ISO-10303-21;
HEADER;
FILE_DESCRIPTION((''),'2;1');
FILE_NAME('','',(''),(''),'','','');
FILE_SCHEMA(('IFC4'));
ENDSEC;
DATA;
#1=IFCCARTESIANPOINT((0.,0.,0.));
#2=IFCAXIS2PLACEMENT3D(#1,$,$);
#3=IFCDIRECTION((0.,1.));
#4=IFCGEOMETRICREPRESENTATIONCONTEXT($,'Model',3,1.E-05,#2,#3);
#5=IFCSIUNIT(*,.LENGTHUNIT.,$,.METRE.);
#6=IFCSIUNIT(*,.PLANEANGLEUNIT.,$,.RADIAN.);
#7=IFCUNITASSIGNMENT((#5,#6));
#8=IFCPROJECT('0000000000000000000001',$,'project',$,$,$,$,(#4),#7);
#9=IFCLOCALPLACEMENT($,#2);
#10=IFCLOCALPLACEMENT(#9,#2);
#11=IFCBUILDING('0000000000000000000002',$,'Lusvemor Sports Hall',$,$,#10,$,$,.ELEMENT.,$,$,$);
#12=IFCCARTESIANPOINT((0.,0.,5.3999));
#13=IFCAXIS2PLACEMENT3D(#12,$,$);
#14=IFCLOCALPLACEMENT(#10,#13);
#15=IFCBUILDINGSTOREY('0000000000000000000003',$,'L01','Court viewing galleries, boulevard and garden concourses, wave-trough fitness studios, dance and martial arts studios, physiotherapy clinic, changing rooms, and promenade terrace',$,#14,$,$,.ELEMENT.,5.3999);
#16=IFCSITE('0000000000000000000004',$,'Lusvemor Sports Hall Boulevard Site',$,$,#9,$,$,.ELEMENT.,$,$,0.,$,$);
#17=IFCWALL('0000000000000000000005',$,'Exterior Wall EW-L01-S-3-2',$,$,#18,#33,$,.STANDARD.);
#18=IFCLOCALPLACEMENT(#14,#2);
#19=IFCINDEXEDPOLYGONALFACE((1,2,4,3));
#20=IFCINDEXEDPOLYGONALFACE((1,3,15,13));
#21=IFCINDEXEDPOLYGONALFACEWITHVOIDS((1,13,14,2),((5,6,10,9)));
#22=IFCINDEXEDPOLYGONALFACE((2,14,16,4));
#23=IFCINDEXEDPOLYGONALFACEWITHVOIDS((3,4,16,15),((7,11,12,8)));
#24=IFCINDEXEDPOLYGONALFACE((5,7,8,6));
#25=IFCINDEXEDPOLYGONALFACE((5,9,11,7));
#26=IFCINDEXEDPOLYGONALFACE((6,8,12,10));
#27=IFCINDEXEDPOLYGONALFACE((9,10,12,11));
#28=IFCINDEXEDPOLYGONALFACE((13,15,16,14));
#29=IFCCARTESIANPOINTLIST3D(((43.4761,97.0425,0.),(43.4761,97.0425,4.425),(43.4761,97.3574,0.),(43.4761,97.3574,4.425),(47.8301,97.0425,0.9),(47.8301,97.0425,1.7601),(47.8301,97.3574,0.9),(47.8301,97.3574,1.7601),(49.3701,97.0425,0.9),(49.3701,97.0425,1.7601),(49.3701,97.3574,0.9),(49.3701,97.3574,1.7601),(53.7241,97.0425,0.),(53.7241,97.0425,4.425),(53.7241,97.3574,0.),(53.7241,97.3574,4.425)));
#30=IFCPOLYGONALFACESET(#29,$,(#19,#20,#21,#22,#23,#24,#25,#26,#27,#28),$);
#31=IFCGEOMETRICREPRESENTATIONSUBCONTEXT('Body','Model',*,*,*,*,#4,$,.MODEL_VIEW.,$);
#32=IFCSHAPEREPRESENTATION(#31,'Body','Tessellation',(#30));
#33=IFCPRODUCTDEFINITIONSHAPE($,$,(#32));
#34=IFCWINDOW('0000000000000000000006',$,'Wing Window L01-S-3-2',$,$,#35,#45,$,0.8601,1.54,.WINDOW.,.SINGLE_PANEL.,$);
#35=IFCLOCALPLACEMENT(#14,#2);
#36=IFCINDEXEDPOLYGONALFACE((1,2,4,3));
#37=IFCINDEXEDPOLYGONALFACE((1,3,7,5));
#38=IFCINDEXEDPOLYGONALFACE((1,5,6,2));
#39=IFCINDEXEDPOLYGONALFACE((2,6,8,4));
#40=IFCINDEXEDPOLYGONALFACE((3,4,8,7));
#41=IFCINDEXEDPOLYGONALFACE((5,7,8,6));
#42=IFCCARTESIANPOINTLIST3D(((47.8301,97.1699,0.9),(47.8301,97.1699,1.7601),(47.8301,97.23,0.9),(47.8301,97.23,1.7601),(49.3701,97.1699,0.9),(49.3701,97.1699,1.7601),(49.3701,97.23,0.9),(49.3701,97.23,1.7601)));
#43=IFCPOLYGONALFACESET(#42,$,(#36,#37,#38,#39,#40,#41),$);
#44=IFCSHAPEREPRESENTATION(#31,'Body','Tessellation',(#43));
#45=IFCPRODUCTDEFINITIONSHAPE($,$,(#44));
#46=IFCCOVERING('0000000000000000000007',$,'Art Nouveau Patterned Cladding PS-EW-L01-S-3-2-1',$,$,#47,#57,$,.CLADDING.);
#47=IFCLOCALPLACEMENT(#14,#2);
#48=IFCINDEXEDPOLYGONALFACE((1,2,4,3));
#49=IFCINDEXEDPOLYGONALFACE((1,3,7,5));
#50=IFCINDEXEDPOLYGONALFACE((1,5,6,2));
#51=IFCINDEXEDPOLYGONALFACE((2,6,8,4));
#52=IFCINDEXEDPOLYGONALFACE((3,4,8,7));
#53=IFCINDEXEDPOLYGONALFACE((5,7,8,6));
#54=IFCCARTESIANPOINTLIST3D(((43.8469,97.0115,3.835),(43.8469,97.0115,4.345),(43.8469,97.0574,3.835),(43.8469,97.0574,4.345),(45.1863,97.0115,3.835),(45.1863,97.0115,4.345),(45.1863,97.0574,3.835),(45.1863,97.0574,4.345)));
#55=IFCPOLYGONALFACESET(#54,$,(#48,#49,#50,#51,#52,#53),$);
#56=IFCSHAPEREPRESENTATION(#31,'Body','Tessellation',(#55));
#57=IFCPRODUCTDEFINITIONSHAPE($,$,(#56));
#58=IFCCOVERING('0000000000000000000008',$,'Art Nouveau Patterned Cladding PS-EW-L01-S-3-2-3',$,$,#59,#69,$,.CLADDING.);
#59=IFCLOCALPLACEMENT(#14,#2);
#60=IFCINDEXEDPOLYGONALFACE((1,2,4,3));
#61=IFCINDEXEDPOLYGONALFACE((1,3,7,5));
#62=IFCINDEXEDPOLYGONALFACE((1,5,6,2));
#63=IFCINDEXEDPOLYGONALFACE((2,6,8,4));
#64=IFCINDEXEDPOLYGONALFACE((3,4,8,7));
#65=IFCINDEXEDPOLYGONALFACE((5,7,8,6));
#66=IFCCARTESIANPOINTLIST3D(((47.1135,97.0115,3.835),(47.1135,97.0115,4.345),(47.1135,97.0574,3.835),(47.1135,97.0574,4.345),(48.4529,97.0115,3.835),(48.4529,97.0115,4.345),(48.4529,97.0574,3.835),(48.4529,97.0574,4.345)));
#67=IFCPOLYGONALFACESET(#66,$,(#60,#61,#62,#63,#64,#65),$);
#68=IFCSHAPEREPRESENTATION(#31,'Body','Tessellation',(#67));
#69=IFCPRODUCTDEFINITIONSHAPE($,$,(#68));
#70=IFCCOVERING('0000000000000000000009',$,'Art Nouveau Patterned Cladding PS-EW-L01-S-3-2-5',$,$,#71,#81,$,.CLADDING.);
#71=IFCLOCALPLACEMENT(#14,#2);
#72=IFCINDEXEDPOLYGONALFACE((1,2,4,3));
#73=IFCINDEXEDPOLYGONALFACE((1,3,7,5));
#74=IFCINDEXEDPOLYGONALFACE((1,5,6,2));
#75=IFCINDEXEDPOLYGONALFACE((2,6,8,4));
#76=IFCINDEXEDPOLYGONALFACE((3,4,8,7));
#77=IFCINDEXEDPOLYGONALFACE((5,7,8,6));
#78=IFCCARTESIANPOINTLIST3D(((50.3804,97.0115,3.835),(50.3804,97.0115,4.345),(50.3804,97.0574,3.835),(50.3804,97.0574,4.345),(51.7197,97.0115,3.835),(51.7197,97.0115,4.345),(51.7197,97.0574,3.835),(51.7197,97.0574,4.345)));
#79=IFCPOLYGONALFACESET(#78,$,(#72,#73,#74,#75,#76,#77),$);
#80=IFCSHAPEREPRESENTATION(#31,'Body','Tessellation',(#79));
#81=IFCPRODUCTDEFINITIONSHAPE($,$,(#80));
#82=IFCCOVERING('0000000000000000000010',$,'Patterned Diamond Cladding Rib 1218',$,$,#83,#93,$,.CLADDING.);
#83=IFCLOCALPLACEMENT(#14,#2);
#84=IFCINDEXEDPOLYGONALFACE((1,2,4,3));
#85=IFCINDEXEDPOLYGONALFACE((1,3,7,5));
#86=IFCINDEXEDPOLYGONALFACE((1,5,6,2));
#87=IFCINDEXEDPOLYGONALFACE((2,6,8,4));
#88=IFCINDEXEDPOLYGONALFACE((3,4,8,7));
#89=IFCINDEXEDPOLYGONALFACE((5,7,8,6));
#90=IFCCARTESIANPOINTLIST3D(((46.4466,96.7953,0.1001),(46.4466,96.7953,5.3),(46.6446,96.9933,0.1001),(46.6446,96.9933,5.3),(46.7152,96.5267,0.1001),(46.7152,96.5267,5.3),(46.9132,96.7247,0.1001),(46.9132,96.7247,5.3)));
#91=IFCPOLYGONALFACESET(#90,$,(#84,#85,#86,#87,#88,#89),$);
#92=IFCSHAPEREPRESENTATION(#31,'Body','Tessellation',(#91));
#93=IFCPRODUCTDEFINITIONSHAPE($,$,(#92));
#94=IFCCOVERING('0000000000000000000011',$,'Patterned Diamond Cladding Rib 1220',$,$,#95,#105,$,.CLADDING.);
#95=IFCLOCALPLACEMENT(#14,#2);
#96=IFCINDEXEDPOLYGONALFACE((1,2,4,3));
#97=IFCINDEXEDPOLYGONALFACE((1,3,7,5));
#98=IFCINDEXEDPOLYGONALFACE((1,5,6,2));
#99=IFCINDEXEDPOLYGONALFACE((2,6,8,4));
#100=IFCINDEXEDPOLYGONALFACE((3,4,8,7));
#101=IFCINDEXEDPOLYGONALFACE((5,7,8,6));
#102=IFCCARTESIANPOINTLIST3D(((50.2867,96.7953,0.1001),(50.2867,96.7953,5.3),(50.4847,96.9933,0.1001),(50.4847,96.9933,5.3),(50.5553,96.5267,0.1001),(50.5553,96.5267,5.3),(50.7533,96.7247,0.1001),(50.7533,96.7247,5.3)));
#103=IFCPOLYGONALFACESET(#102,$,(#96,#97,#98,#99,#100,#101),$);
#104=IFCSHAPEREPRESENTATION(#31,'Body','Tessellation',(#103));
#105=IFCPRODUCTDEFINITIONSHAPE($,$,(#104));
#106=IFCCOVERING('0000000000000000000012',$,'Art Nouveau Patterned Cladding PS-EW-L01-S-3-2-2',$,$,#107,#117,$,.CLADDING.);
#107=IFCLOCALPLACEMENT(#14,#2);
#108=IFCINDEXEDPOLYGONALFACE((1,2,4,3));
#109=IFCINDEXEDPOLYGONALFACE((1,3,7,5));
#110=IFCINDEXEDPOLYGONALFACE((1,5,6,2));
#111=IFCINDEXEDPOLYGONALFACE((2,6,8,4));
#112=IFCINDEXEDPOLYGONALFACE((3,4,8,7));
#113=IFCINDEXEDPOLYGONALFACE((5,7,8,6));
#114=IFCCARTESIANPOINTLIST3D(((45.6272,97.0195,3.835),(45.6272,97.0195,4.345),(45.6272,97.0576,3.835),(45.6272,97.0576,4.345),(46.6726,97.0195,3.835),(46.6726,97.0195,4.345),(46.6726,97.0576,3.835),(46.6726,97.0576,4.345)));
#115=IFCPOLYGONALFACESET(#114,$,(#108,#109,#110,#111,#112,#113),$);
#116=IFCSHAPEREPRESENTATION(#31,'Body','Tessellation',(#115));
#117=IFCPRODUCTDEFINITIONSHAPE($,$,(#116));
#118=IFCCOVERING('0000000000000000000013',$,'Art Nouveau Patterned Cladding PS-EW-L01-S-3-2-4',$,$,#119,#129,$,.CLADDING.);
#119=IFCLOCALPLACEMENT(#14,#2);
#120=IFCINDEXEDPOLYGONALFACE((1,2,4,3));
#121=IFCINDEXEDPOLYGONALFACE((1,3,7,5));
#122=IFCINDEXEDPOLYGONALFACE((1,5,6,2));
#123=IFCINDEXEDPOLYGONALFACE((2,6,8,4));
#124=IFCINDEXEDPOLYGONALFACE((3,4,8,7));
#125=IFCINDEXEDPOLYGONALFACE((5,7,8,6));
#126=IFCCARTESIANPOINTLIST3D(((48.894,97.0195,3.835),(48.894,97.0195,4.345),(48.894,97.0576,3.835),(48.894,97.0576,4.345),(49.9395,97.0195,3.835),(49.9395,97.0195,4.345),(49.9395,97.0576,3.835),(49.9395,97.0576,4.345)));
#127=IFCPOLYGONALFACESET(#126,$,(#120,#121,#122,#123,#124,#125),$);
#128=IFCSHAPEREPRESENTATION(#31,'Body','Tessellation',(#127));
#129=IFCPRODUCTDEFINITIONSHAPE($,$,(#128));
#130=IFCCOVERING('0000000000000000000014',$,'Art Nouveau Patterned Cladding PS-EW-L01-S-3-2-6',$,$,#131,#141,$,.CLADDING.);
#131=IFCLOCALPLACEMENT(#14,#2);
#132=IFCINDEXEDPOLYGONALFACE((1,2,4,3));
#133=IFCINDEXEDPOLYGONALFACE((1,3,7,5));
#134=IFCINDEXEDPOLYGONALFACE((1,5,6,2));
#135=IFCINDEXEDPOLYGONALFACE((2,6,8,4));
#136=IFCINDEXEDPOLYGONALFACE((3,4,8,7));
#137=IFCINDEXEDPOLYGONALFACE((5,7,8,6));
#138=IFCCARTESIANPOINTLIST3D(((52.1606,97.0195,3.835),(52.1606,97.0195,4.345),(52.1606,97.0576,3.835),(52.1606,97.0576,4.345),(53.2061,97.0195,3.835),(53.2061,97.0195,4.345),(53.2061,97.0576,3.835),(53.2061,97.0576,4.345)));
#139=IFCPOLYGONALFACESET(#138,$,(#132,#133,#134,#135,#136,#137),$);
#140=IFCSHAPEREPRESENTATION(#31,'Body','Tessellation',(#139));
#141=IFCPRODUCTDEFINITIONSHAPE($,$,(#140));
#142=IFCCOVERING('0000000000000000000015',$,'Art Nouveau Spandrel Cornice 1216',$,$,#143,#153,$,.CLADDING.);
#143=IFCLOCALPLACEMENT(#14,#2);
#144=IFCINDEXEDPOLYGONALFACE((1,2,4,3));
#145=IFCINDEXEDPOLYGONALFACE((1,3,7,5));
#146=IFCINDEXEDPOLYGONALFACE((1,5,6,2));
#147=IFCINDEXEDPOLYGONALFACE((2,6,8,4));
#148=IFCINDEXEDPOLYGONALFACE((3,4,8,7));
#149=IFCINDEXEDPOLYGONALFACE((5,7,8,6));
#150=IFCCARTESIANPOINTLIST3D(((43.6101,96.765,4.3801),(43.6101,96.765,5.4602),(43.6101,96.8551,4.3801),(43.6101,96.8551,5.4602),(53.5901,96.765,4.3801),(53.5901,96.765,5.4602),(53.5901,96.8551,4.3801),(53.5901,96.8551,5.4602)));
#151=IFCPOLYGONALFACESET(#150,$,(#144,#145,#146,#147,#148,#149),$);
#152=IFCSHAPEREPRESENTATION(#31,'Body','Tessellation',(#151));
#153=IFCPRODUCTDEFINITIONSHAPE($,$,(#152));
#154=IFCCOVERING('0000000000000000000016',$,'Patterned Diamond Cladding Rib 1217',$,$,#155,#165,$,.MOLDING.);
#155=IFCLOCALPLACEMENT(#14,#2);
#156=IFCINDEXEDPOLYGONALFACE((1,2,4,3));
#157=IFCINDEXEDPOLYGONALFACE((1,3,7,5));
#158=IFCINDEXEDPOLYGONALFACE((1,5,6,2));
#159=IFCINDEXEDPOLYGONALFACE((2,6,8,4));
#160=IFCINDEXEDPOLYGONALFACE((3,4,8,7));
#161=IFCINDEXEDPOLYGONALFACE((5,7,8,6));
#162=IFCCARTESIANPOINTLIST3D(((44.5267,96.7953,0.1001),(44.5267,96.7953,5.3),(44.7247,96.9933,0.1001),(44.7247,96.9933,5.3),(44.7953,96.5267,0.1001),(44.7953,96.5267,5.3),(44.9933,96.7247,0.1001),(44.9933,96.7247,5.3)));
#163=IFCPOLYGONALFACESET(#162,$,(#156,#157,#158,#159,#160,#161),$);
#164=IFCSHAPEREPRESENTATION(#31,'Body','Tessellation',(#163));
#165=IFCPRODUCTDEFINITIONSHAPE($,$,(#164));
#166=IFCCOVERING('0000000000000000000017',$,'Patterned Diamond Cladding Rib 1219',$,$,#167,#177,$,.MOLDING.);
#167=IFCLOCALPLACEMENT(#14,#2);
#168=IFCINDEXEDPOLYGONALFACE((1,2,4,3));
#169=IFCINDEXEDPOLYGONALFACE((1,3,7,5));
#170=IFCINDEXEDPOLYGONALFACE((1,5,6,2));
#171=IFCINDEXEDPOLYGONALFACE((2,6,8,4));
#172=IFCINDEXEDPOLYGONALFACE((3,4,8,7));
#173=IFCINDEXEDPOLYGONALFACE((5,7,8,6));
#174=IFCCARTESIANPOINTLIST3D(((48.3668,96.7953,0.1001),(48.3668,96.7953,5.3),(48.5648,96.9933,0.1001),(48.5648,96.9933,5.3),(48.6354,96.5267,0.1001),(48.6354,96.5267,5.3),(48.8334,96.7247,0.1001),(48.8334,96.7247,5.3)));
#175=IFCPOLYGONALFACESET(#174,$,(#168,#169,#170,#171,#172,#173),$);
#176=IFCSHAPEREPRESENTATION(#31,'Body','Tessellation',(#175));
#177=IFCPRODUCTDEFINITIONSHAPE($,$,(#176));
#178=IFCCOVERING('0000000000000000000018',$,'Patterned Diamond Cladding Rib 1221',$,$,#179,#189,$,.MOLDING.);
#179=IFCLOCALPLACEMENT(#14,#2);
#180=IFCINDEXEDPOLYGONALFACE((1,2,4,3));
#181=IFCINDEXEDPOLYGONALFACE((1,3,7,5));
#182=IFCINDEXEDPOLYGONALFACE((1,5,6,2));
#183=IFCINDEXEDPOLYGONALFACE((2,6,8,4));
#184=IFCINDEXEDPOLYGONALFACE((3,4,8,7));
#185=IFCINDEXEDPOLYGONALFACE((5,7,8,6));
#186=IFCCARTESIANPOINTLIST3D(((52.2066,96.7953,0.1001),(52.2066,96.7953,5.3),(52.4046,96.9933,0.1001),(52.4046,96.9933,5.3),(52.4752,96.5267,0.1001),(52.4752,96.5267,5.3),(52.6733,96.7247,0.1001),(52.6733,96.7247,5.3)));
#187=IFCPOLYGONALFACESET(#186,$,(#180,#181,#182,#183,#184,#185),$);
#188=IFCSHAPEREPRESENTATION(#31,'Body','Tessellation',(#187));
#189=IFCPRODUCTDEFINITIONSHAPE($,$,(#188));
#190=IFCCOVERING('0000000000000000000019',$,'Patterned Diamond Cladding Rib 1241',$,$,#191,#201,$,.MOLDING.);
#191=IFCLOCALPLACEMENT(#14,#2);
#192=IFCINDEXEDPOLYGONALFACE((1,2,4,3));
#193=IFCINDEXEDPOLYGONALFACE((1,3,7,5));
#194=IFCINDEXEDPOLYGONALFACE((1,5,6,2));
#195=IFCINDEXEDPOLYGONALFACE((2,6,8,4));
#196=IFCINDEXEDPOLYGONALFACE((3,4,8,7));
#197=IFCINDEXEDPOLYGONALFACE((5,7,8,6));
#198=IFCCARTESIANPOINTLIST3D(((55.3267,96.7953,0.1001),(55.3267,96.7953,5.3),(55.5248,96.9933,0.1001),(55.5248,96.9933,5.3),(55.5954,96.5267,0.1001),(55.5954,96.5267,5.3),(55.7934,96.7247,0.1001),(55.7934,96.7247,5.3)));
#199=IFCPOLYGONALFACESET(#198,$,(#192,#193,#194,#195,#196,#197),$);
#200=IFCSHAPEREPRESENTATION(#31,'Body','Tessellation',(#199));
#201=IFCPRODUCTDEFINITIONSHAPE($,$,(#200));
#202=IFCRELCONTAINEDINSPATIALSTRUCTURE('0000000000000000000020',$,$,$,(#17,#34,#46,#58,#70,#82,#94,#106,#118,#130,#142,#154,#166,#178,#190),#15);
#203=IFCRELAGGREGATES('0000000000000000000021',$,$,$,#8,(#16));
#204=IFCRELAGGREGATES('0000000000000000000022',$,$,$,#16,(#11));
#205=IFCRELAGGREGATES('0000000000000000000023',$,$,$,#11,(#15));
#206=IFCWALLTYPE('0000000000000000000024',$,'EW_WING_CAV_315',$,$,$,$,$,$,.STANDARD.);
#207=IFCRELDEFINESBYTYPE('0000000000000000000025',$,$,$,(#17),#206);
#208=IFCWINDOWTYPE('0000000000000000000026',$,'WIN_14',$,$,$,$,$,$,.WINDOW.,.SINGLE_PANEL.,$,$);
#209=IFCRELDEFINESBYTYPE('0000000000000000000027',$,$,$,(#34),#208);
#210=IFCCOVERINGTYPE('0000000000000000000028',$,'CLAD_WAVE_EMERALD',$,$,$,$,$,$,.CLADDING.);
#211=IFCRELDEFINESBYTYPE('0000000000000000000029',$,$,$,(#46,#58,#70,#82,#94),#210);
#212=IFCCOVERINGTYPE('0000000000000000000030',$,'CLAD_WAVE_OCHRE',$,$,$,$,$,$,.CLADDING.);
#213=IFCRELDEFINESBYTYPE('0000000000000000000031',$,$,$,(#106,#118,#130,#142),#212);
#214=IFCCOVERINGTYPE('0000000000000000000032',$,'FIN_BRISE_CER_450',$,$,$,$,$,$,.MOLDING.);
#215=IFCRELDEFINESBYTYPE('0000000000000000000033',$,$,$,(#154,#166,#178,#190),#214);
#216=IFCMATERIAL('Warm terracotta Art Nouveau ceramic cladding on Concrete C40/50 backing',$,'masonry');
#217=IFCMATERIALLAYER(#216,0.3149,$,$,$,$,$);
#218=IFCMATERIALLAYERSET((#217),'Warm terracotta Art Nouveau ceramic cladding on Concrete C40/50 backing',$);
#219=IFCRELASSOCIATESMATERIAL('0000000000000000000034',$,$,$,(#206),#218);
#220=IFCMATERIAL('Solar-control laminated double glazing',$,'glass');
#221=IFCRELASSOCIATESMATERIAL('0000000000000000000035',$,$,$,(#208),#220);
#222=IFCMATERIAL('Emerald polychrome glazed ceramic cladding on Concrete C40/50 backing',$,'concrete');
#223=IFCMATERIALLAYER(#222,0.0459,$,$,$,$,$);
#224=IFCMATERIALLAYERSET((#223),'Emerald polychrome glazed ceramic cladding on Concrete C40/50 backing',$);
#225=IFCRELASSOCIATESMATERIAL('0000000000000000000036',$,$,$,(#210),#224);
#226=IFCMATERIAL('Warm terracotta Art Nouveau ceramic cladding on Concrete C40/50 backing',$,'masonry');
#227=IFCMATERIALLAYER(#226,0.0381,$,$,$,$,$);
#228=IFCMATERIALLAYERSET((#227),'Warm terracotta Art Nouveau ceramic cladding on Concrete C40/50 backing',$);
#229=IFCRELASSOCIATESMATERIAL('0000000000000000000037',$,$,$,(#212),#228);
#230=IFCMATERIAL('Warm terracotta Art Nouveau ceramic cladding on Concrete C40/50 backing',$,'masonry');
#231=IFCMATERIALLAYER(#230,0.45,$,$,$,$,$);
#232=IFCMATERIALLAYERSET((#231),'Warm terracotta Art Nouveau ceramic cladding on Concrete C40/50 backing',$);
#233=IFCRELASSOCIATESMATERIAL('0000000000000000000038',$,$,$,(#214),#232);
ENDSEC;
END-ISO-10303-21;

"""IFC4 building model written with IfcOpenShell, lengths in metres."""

from ifc_helpers import new_model, si_unit, direction, frame, frame_2d, origin, origin_2d, place, context, subcontext, project, spatial, rectangle, extrude, material, layer, layer_set, type_object, element, fill, save


model = new_model("IFC4")

# Units and contexts
model_context = context("Model", 3, precision=1e-05, world=origin(), true_north=direction((0.0, 1.0)))
body_context = subcontext(model_context, "Body", "Model", "MODEL_VIEW")
ifc_project = project(units=[si_unit("LENGTHUNIT", "METRE"), si_unit("PLANEANGLEUNIT", "RADIAN")], contexts=[model_context])

# Site, building, storey
site_placement = place(None, origin())
site = spatial("IfcSite", under=ifc_project, at=site_placement, Name="Lusvemor Sports Hall Boulevard Site", CompositionType="ELEMENT", RefElevation=0.0)
building_placement = place(site_placement, origin())
building = spatial("IfcBuilding", under=site, at=building_placement, Name="Lusvemor Sports Hall", CompositionType="ELEMENT")
storey_placement = place(building_placement, frame((0.0, 0.0, 5.3999)))
storey = spatial("IfcBuildingStorey", under=building, at=storey_placement, Name="L01", Description="Court viewing galleries, boulevard and garden concourses, wave-trough fitness studios, dance and martial arts studios, physiotherapy clinic, changing rooms, and promenade terrace", CompositionType="ELEMENT", Elevation=5.3999)

# Wall, opening, window
ifc_material_1 = material(Name="Warm terracotta Art Nouveau ceramic cladding on Concrete C40/50 backing", Category="masonry")
ifc_layer_1 = layer(ifc_material_1, 0.3149)
ifc_layer_set_1 = layer_set([ifc_layer_1], Name="Warm terracotta Art Nouveau ceramic cladding on Concrete C40/50 backing")
wall_type = type_object("IfcWallType", Name="EW_WING_CAV_315", PredefinedType="STANDARD", material=ifc_layer_set_1)
wall_placement = place(storey_placement, frame((53.7241, 97.2, 0.0), z_axis=(0.0, 0.0, 1.0), x_axis=(-1.0, 0.0, 0.0)))
wall = element("IfcWall", 1, at=wall_placement, inside=storey, type_object=wall_type, Name="Exterior Wall EW-L01-S-3-2", PredefinedType="STANDARD", context=body_context, shape_type="SweptSolid", body=[
    extrude(rectangle(XDim=10.248, YDim=0.3149, at=frame_2d((5.124, 0.0))), origin(), (0.0, 0.0, 1.0), 4.425),
])
opening_placement = place(wall_placement, frame((4.354, 0.0, 0.8999)))
opening = element("IfcOpeningElement", 2, at=opening_placement, cuts=wall, PredefinedType="OPENING", context=body_context, shape_type="SweptSolid", body=[
    extrude(rectangle(XDim=1.54, YDim=0.8601, at=frame_2d((0.77, 0.4302))), frame((0.0, 0.1575, 0.0), z_axis=(0.0, -1.0, 0.0), x_axis=(1.0, 0.0, 0.0)), (0.0, 0.0, 1.0), 0.3149),
])
ifc_material_2 = material(Name="Solar-control laminated double glazing", Category="glass")
window_type = type_object("IfcWindowType", Name="WIN_14", PartitioningType="SINGLE_PANEL", PredefinedType="WINDOW", material=ifc_material_2)
window_placement = place(opening_placement, origin())
window = element("IfcWindow", 3, at=window_placement, inside=storey, type_object=window_type, Name="Wing Window L01-S-3-2", OverallHeight=0.8601, OverallWidth=1.54, PartitioningType="SINGLE_PANEL", PredefinedType="WINDOW", context=body_context, shape_type="SweptSolid", body=[
    extrude(rectangle(XDim=1.54, YDim=0.8601, at=frame_2d((0.77, 0.4302))), frame((0.0, 0.03, 0.0), z_axis=(0.0, -1.0, 0.0), x_axis=(1.0, 0.0, 0.0)), (0.0, 0.0, 1.0), 0.0601),
])
fill(opening, window)

# Coverings
ifc_material_3 = material(Name="Emerald polychrome glazed ceramic cladding on Concrete C40/50 backing", Category="concrete")
ifc_layer_2 = layer(ifc_material_3, 0.0459)
ifc_layer_set_2 = layer_set([ifc_layer_2], Name="Emerald polychrome glazed ceramic cladding on Concrete C40/50 backing")
covering_type_1 = type_object("IfcCoveringType", Name="CLAD_WAVE_EMERALD", PredefinedType="CLADDING", material=ifc_layer_set_2)
for number, where, z_axis, x_axis, name in (
    (4, (44.5166, 97.0344, 3.835), (0.0, 0.0, 1.0), (1.0, 0.0, 0.0), "Art Nouveau Patterned Cladding PS-EW-L01-S-3-2-1"),
    (5, (47.7832, 97.0344, 3.835), (0.0, 0.0, 1.0), (1.0, 0.0, 0.0), "Art Nouveau Patterned Cladding PS-EW-L01-S-3-2-3"),
    (6, (51.05, 97.0344, 3.835), (0.0, 0.0, 1.0), (1.0, 0.0, 0.0), "Art Nouveau Patterned Cladding PS-EW-L01-S-3-2-5"),
):
    element("IfcCovering", number, at=place(storey_placement, frame(where, z_axis=z_axis, x_axis=x_axis)), inside=storey, type_object=covering_type_1, Name=name, PredefinedType="CLADDING", context=body_context, shape_type="SweptSolid", body=[
        extrude(rectangle(XDim=1.3394, YDim=0.0459, at=origin_2d()), origin(), (0.0, 0.0, 1.0), 0.51),
    ])
for number, where, z_axis, x_axis, name in (
    (7, (46.6799, 96.76, 0.1001), (0.0, 0.0, 1.0), (0.707107, 0.707107, 0.0), "Patterned Diamond Cladding Rib 1218"),
    (8, (50.52, 96.76, 0.1001), (0.0, 0.0, 1.0), (0.707107, 0.707107, 0.0), "Patterned Diamond Cladding Rib 1220"),
):
    element("IfcCovering", number, at=place(storey_placement, frame(where, z_axis=z_axis, x_axis=x_axis)), inside=storey, type_object=covering_type_1, Name=name, PredefinedType="CLADDING", context=body_context, shape_type="SweptSolid", body=[
        extrude(rectangle(XDim=0.28, YDim=0.3799, at=origin_2d()), origin(), (0.0, 0.0, 1.0), 5.2),
    ])
ifc_material_4 = material(Name="Warm terracotta Art Nouveau ceramic cladding on Concrete C40/50 backing", Category="masonry")
ifc_layer_3 = layer(ifc_material_4, 0.0381)
ifc_layer_set_3 = layer_set([ifc_layer_3], Name="Warm terracotta Art Nouveau ceramic cladding on Concrete C40/50 backing")
covering_type_2 = type_object("IfcCoveringType", Name="CLAD_WAVE_OCHRE", PredefinedType="CLADDING", material=ifc_layer_set_3)
for number, where, z_axis, x_axis, name in (
    (9, (46.1499, 97.0386, 3.835), (0.0, 0.0, 1.0), (1.0, 0.0, 0.0), "Art Nouveau Patterned Cladding PS-EW-L01-S-3-2-2"),
    (10, (49.4167, 97.0386, 3.835), (0.0, 0.0, 1.0), (1.0, 0.0, 0.0), "Art Nouveau Patterned Cladding PS-EW-L01-S-3-2-4"),
    (11, (52.6833, 97.0386, 3.835), (0.0, 0.0, 1.0), (1.0, 0.0, 0.0), "Art Nouveau Patterned Cladding PS-EW-L01-S-3-2-6"),
):
    element("IfcCovering", number, at=place(storey_placement, frame(where, z_axis=z_axis, x_axis=x_axis)), inside=storey, type_object=covering_type_2, Name=name, PredefinedType="CLADDING", context=body_context, shape_type="SweptSolid", body=[
        extrude(rectangle(XDim=1.0454, YDim=0.0381, at=origin_2d()), origin(), (0.0, 0.0, 1.0), 0.51),
    ])
covering_placement = place(storey_placement, frame((48.6001, 96.8101, 4.3801), z_axis=(0.0, 0.0, 1.0), x_axis=(1.0, 0.0, 0.0)))
element("IfcCovering", 12, at=covering_placement, inside=storey, type_object=covering_type_2, Name="Art Nouveau Spandrel Cornice 1216", PredefinedType="CLADDING", context=body_context, shape_type="SweptSolid", body=[
    extrude(rectangle(XDim=9.98, YDim=0.0901, at=origin_2d()), origin(), (0.0, 0.0, 1.0), 1.0801),
])
ifc_material_5 = material(Name="Warm terracotta Art Nouveau ceramic cladding on Concrete C40/50 backing", Category="masonry")
ifc_layer_4 = layer(ifc_material_5, 0.45)
ifc_layer_set_4 = layer_set([ifc_layer_4], Name="Warm terracotta Art Nouveau ceramic cladding on Concrete C40/50 backing")
covering_type_3 = type_object("IfcCoveringType", Name="FIN_BRISE_CER_450", PredefinedType="MOLDING", material=ifc_layer_set_4)
for number, where, z_axis, x_axis, name in (
    (13, (44.76, 96.76, 0.1001), (0.0, 0.0, 1.0), (0.707107, 0.707107, 0.0), "Patterned Diamond Cladding Rib 1217"),
    (14, (48.6001, 96.76, 0.1001), (0.0, 0.0, 1.0), (0.707107, 0.707107, 0.0), "Patterned Diamond Cladding Rib 1219"),
    (15, (52.4399, 96.76, 0.1001), (0.0, 0.0, 1.0), (0.707107, 0.707107, 0.0), "Patterned Diamond Cladding Rib 1221"),
    (16, (55.5601, 96.76, 0.1001), (0.0, 0.0, 1.0), (0.707107, 0.707107, 0.0), "Patterned Diamond Cladding Rib 1241"),
):
    element("IfcCovering", number, at=place(storey_placement, frame(where, z_axis=z_axis, x_axis=x_axis)), inside=storey, type_object=covering_type_3, Name=name, PredefinedType="MOLDING", context=body_context, shape_type="SweptSolid", body=[
        extrude(rectangle(XDim=0.28, YDim=0.3799, at=origin_2d()), origin(), (0.0, 0.0, 1.0), 5.2),
    ])

save(model, "model.ifc")
